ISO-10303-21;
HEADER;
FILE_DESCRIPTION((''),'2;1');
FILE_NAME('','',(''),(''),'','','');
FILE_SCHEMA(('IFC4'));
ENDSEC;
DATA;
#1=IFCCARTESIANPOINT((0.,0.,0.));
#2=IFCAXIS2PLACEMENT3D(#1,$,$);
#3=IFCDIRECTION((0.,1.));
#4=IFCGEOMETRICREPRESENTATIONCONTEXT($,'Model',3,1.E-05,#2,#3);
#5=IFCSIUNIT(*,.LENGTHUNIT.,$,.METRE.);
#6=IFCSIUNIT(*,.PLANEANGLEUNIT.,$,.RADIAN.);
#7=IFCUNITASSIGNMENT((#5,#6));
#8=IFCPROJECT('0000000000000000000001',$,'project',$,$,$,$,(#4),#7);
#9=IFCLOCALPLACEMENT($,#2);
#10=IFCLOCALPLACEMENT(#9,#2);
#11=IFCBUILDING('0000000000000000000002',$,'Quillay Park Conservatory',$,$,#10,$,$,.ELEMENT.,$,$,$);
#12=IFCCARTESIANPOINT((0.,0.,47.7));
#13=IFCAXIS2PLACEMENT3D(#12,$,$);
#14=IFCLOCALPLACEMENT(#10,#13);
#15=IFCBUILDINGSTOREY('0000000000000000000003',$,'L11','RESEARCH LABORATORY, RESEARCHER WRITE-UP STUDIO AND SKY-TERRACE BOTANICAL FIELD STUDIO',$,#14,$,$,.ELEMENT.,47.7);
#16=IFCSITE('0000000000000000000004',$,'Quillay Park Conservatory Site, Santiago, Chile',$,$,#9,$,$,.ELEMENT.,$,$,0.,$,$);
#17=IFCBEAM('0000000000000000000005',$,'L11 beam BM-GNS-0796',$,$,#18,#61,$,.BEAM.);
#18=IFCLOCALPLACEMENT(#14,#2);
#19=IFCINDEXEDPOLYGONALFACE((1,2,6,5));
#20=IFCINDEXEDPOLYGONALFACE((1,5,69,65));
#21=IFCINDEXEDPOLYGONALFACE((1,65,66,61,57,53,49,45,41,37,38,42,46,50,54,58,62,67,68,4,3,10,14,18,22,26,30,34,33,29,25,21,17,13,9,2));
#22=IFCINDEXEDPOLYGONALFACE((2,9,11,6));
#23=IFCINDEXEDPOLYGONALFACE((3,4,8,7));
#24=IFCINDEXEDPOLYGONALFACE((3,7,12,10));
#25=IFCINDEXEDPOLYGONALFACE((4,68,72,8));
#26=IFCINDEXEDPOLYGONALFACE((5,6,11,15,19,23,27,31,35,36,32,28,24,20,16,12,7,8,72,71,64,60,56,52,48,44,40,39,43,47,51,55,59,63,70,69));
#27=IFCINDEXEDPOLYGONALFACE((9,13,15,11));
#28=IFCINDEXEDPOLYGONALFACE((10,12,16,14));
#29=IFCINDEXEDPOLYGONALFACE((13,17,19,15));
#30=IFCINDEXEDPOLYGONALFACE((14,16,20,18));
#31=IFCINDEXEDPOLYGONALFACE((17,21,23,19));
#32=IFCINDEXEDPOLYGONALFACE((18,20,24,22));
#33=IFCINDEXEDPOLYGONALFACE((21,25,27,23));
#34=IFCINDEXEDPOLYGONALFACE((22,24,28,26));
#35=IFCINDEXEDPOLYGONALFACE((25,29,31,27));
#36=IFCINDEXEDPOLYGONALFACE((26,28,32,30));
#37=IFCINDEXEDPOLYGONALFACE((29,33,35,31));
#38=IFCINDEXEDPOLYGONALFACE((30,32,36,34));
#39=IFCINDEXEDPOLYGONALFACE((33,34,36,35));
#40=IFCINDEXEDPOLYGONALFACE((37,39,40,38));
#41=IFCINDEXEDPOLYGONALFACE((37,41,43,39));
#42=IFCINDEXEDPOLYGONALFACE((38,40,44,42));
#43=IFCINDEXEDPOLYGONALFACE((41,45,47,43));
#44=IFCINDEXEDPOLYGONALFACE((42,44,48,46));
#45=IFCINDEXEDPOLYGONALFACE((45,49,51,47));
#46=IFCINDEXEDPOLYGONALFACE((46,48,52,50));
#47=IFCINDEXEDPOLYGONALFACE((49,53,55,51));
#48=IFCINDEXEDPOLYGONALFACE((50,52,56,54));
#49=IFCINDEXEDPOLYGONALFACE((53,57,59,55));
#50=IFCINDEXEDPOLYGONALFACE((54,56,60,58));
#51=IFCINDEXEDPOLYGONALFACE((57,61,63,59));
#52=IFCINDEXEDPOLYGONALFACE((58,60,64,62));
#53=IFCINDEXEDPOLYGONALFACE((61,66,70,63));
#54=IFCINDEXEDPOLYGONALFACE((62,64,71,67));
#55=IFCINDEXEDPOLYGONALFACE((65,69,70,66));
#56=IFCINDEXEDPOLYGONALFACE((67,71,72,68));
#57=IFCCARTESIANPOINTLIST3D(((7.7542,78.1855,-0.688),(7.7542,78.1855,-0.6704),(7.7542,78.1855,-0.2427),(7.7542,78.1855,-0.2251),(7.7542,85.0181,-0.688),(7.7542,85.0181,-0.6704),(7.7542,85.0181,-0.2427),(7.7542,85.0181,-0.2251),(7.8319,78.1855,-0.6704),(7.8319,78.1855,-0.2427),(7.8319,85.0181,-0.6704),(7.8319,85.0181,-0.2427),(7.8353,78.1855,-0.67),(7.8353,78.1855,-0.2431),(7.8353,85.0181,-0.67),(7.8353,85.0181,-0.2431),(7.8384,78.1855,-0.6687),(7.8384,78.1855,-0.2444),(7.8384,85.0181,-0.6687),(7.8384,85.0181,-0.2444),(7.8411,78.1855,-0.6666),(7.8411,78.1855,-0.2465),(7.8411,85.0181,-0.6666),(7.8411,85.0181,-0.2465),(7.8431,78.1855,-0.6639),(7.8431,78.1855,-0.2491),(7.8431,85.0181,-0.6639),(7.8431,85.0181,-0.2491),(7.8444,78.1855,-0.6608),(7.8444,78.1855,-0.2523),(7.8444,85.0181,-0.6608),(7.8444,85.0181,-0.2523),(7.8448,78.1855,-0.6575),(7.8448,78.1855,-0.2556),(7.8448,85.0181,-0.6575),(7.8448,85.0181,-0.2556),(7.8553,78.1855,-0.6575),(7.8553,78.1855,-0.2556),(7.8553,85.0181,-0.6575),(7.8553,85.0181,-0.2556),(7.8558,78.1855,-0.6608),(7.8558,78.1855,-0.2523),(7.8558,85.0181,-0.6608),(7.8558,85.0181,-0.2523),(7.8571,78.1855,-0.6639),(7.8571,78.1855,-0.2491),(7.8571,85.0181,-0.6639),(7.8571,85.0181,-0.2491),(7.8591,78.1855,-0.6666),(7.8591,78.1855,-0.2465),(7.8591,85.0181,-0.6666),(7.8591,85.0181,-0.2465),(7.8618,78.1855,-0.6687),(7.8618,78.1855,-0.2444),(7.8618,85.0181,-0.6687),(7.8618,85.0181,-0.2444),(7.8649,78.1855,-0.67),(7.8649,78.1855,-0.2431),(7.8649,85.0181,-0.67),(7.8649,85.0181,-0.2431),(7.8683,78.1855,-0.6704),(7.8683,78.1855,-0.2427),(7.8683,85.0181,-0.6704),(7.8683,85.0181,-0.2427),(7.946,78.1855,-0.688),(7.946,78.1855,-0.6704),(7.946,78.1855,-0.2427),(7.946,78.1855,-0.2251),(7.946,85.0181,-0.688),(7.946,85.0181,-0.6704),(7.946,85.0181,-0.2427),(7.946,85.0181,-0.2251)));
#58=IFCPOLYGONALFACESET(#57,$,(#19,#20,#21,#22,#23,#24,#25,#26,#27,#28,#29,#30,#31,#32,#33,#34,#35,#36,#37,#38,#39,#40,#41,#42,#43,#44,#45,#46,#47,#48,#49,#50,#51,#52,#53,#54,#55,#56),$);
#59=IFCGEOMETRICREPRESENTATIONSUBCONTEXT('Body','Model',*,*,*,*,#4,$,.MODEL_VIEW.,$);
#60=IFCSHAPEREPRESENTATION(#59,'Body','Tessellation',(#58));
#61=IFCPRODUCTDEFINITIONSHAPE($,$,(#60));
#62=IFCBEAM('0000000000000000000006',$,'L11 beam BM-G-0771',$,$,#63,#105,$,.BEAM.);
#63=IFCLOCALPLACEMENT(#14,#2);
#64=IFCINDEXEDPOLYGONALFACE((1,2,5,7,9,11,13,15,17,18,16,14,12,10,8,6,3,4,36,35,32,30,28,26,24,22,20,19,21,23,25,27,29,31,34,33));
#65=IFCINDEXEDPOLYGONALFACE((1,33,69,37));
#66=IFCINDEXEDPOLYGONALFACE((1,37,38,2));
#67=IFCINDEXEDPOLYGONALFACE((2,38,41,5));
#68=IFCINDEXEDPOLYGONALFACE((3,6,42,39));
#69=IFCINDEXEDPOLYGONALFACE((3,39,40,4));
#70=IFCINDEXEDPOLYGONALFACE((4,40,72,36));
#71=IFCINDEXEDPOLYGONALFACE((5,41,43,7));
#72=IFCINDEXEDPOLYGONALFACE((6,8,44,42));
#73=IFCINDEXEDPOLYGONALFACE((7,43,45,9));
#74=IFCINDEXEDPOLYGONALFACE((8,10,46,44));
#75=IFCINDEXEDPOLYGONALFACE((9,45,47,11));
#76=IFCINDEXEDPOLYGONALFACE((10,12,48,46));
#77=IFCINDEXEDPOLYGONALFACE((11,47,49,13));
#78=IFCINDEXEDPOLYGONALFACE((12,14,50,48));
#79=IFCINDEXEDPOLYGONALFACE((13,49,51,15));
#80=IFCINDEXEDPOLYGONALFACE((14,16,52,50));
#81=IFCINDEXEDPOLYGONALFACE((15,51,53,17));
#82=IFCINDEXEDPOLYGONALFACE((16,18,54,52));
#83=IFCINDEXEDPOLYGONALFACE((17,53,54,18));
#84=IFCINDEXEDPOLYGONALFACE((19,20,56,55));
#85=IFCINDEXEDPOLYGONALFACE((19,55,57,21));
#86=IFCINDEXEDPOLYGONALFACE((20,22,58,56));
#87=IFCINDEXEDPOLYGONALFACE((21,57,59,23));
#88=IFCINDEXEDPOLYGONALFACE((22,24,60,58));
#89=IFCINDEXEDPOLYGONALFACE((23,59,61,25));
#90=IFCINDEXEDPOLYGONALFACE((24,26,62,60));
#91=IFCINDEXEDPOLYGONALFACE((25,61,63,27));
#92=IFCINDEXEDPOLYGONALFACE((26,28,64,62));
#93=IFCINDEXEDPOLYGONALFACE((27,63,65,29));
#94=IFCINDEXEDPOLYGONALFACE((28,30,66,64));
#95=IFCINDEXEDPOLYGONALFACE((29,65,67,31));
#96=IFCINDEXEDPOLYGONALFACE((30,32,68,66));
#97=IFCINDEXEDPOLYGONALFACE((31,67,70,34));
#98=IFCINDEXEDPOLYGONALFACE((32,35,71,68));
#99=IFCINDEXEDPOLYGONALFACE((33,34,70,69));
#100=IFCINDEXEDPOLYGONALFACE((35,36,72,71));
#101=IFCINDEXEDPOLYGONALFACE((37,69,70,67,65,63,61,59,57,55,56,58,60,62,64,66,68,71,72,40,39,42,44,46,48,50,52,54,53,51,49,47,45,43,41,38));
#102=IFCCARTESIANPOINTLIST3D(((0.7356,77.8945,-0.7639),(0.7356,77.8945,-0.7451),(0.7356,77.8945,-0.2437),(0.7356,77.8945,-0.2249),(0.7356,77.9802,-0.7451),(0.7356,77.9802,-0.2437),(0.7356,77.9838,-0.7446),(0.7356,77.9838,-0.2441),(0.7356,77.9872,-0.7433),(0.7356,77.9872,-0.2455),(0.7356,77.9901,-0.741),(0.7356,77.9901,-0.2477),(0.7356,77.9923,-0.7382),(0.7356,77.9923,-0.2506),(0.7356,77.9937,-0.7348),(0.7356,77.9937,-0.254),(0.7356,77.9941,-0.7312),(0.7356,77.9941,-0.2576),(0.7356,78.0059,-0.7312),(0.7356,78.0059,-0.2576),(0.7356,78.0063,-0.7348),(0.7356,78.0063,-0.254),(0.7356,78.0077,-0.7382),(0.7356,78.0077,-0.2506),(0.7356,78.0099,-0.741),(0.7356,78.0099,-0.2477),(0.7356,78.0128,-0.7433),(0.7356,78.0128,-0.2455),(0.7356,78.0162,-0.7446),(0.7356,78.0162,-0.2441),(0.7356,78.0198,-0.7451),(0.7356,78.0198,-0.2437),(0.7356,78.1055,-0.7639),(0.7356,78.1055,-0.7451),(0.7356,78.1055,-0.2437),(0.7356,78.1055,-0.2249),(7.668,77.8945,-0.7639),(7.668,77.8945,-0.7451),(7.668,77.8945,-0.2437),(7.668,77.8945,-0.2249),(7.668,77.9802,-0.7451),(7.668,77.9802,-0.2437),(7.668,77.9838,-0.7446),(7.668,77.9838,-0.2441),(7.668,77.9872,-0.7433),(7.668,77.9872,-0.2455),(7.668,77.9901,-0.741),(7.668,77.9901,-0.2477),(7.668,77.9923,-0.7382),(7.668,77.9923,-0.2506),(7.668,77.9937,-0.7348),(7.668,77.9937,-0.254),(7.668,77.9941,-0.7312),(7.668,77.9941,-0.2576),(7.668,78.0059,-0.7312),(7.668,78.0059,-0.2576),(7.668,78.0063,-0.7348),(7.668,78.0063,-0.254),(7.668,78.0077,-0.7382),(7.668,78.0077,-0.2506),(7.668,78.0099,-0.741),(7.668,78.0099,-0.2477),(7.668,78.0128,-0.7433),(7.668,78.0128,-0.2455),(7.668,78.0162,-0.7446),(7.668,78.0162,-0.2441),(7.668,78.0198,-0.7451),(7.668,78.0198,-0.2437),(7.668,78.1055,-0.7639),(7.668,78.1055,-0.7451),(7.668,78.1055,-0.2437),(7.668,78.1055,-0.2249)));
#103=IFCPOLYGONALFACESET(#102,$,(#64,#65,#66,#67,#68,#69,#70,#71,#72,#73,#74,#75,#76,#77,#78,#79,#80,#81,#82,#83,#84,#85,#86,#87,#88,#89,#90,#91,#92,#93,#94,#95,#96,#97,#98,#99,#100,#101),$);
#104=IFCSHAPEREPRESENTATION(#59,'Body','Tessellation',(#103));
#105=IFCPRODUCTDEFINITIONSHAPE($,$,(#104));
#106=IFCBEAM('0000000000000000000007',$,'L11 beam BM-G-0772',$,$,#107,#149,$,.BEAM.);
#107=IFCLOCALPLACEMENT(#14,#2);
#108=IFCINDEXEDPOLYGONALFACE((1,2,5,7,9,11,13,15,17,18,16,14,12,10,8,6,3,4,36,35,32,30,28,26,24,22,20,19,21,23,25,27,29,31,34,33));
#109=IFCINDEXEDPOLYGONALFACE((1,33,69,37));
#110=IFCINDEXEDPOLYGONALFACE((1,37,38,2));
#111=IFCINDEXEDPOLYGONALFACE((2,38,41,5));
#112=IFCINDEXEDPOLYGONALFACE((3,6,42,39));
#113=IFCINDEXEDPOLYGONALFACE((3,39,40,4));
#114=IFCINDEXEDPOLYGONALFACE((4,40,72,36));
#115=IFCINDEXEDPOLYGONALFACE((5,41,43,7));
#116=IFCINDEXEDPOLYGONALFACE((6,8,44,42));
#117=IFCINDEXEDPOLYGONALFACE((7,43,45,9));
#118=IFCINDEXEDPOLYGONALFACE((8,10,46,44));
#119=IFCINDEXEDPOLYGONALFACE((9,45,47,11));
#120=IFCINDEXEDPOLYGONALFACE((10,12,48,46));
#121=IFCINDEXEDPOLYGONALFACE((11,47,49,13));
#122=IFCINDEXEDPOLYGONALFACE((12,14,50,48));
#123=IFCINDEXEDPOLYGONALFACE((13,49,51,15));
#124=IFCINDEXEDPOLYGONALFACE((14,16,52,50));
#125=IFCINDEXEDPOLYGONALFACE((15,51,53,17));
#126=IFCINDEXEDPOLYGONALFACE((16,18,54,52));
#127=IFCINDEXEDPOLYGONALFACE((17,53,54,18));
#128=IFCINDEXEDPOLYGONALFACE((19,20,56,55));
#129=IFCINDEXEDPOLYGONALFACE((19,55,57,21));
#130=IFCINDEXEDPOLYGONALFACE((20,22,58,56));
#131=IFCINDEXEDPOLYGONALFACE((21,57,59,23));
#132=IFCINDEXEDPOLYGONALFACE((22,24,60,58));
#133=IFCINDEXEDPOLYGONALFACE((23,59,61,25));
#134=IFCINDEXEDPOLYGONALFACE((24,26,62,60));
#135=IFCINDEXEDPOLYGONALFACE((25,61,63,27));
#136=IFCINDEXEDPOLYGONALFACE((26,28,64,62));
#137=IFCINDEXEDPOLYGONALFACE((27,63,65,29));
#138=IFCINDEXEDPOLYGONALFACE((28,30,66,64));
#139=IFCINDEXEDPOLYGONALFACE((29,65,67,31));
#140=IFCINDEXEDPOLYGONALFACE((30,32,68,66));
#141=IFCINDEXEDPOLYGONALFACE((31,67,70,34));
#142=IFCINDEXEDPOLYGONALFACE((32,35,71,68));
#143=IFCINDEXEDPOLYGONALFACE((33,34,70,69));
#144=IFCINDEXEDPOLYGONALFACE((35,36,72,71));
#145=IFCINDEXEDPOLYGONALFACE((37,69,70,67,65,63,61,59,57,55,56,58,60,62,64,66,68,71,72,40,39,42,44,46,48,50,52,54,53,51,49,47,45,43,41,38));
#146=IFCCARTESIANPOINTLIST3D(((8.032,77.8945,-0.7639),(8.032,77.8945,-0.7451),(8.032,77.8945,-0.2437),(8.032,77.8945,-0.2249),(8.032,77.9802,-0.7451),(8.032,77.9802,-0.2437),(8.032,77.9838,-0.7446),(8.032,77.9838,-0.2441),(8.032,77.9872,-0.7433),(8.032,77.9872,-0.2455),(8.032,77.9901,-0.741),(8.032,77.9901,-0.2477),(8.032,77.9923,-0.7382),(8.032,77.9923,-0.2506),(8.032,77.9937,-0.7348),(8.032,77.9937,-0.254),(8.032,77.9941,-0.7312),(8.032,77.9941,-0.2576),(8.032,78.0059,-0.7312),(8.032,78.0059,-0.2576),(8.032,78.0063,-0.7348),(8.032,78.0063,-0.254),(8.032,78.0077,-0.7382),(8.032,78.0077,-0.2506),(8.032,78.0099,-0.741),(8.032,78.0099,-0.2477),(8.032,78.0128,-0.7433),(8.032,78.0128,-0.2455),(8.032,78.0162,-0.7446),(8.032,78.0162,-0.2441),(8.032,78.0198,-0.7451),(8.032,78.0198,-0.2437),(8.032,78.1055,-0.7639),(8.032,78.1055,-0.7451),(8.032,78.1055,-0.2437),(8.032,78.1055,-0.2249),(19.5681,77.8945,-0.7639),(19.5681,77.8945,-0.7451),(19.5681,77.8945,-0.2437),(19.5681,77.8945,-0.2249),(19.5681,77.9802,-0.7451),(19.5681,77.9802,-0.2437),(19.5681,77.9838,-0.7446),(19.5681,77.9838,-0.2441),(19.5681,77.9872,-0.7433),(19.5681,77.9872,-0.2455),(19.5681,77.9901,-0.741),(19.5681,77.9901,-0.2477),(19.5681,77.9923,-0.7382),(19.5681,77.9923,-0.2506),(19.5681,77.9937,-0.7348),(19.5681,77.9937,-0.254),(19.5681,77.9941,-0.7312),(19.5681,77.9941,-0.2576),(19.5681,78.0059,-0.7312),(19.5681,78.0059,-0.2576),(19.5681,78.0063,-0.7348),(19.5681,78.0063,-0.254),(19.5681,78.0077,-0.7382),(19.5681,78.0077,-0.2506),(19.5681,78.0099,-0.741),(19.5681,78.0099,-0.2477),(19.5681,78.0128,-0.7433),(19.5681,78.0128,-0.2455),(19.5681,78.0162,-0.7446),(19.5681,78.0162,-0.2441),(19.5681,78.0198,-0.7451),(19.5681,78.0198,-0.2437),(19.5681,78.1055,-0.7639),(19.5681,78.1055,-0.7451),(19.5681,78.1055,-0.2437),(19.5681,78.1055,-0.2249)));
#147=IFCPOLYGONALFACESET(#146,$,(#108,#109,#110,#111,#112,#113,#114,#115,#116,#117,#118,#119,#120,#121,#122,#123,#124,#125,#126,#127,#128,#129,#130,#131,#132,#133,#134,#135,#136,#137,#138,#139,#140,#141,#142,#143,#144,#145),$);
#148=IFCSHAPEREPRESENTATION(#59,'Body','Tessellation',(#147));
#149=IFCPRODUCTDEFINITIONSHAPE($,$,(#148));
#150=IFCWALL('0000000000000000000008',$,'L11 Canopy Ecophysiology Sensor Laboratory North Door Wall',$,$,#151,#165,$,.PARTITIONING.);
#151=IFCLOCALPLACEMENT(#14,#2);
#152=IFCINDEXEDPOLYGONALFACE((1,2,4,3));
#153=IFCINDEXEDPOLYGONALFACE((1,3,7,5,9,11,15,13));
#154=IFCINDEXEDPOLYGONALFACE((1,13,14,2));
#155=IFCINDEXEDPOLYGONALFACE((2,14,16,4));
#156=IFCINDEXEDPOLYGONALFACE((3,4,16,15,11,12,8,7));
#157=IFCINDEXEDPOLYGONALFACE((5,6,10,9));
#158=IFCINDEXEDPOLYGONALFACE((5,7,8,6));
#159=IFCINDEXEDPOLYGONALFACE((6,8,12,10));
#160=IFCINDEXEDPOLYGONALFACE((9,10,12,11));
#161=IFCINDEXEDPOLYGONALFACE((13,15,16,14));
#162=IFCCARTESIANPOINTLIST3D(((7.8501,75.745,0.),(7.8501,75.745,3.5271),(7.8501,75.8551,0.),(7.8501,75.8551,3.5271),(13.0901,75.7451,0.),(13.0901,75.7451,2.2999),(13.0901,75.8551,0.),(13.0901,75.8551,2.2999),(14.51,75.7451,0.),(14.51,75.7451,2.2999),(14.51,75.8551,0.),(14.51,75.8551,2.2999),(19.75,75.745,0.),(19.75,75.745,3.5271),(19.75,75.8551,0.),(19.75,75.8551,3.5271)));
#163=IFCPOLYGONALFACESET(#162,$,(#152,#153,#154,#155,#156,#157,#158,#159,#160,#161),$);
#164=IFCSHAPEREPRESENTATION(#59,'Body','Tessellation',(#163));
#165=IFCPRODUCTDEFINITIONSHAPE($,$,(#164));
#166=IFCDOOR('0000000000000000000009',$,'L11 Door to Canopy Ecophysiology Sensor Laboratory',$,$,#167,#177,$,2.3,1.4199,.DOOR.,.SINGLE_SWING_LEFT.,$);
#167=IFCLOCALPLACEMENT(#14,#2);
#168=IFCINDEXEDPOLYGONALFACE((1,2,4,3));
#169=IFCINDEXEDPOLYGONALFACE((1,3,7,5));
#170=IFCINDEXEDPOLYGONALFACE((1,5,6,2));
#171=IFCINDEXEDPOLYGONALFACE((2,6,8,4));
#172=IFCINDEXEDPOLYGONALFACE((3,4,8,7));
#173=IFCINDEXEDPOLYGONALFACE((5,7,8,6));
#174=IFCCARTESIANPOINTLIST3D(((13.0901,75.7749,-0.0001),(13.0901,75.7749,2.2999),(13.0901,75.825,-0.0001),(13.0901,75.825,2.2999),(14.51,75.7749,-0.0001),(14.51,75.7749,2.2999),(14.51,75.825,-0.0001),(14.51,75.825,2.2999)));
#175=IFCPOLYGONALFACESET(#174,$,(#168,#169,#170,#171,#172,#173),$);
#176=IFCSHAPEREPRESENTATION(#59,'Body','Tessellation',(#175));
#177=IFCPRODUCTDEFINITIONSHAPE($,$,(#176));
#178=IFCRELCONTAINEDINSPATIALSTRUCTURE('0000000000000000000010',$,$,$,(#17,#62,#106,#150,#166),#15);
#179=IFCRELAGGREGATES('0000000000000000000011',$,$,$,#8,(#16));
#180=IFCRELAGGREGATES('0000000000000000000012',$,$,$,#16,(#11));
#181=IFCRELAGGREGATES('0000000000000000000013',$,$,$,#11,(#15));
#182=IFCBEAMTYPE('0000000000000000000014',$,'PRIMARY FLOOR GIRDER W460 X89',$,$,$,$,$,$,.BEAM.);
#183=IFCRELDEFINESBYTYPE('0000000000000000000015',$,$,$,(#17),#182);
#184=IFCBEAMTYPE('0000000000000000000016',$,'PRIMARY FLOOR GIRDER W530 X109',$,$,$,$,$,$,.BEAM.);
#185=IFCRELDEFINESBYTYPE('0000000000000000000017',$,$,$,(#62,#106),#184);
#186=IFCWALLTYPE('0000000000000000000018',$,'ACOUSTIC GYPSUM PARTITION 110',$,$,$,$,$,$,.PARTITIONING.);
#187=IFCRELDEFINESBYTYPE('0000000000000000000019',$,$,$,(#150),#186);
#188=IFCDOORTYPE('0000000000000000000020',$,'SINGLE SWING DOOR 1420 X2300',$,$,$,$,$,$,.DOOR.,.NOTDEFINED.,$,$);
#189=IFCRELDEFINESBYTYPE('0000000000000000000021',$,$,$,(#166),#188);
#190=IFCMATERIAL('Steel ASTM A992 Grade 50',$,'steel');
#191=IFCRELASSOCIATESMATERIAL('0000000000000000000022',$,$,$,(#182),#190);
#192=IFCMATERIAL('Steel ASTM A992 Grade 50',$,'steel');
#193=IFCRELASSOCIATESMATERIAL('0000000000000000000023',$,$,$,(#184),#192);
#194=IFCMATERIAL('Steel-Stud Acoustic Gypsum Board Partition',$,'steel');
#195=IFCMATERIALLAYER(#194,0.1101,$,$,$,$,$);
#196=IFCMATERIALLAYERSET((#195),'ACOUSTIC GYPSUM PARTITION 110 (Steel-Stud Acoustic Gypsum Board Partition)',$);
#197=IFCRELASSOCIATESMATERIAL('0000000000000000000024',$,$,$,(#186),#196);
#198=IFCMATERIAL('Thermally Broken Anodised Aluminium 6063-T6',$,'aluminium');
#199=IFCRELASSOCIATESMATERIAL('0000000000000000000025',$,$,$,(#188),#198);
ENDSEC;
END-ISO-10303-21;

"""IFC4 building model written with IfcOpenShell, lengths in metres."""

from ifc_helpers import new_model, si_unit, direction, frame, frame_2d, origin, origin_2d, place, context, subcontext, project, spatial, rectangle, i_section, extrude, material, layer, layer_set, material_profile, profile_set, type_object, element, fill, save


model = new_model("IFC4")

# Units and contexts
model_context = context("Model", 3, precision=1e-05, world=origin(), true_north=direction((0.0, 1.0)))
body_context = subcontext(model_context, "Body", "Model", "MODEL_VIEW")
ifc_project = project(units=[si_unit("LENGTHUNIT", "METRE"), si_unit("PLANEANGLEUNIT", "RADIAN")], contexts=[model_context])

# Site, building, storey
site_placement = place(None, origin())
site = spatial("IfcSite", under=ifc_project, at=site_placement, Name="Quillay Park Conservatory Site, Santiago, Chile", CompositionType="ELEMENT", RefElevation=0.0)
building_placement = place(site_placement, origin())
building = spatial("IfcBuilding", under=site, at=building_placement, Name="Quillay Park Conservatory", CompositionType="ELEMENT")
storey_placement = place(building_placement, frame((0.0, 0.0, 47.7)))
storey = spatial("IfcBuildingStorey", under=building, at=storey_placement, Name="L11", Description="RESEARCH LABORATORY, RESEARCHER WRITE-UP STUDIO AND SKY-TERRACE BOTANICAL FIELD STUDIO", CompositionType="ELEMENT", Elevation=47.7)

# Beams
ifc_material_1 = material(Name="Steel ASTM A992 Grade 50", Category="steel")
ifc_material_profile_1 = material_profile(ifc_material_1, i_section(OverallWidth=0.1919, OverallDepth=0.4629, WebThickness=0.0105, FlangeThickness=0.0176, FilletRadius=0.0129, at=origin_2d()), Name="W460x89")
ifc_profile_set_1 = profile_set([ifc_material_profile_1], Name="Steel ASTM A992 Grade 50")
beam_type_1 = type_object("IfcBeamType", Name="PRIMARY FLOOR GIRDER W460 X89", PredefinedType="BEAM", material=ifc_profile_set_1)
beam_1_placement = place(storey_placement, frame((7.8501, 78.1855, -0.4565), z_axis=(0.0, 1.0, 0.0), x_axis=(-1.0, 0.0, 0.0)))
element("IfcBeam", 1, at=beam_1_placement, inside=storey, type_object=beam_type_1, Name="L11 beam BM-GNS-0796", PredefinedType="BEAM", context=body_context, shape_type="SweptSolid", body=[
    extrude(i_section(OverallWidth=0.1919, OverallDepth=0.4629, WebThickness=0.0105, FlangeThickness=0.0176, FilletRadius=0.0129, at=origin_2d()), origin(), (0.0, 0.0, 1.0), 6.8325),
])
ifc_material_2 = material(Name="Steel ASTM A992 Grade 50", Category="steel")
ifc_material_profile_2 = material_profile(ifc_material_2, i_section(OverallWidth=0.2109, OverallDepth=0.5391, WebThickness=0.0117, FlangeThickness=0.0188, FilletRadius=0.0139, at=origin_2d()), Name="W530x109")
ifc_profile_set_2 = profile_set([ifc_material_profile_2], Name="Steel ASTM A992 Grade 50")
beam_type_2 = type_object("IfcBeamType", Name="PRIMARY FLOOR GIRDER W530 X109", PredefinedType="BEAM", material=ifc_profile_set_2)
beam_2_placement = place(storey_placement, frame((0.7356, 78.0, -0.4944), z_axis=(1.0, 0.0, 0.0), x_axis=(0.0, 1.0, 0.0)))
element("IfcBeam", 2, at=beam_2_placement, inside=storey, type_object=beam_type_2, Name="L11 beam BM-G-0771", PredefinedType="BEAM", context=body_context, shape_type="SweptSolid", body=[
    extrude(i_section(OverallWidth=0.2109, OverallDepth=0.5391, WebThickness=0.0117, FlangeThickness=0.0188, FilletRadius=0.0139, at=origin_2d()), origin(), (0.0, 0.0, 1.0), 6.9324),
])
beam_3_placement = place(storey_placement, frame((8.032, 78.0, -0.4944), z_axis=(1.0, 0.0, 0.0), x_axis=(0.0, 1.0, 0.0)))
element("IfcBeam", 3, at=beam_3_placement, inside=storey, type_object=beam_type_2, Name="L11 beam BM-G-0772", PredefinedType="BEAM", context=body_context, shape_type="SweptSolid", body=[
    extrude(i_section(OverallWidth=0.2109, OverallDepth=0.5391, WebThickness=0.0117, FlangeThickness=0.0188, FilletRadius=0.0139, at=origin_2d()), origin(), (0.0, 0.0, 1.0), 11.5361),
])

# Wall, opening, door
ifc_material_3 = material(Name="Steel-Stud Acoustic Gypsum Board Partition", Category="steel")
ifc_layer_1 = layer(ifc_material_3, 0.1101)
ifc_layer_set_1 = layer_set([ifc_layer_1], Name="ACOUSTIC GYPSUM PARTITION 110 (Steel-Stud Acoustic Gypsum Board Partition)")
wall_type_1 = type_object("IfcWallType", Name="ACOUSTIC GYPSUM PARTITION 110", PredefinedType="PARTITIONING", material=ifc_layer_set_1)
wall_1_placement = place(storey_placement, frame((7.8501, 75.8, 0.0), z_axis=(0.0, 0.0, 1.0), x_axis=(1.0, 0.0, 0.0)))
wall_1 = element("IfcWall", 4, at=wall_1_placement, inside=storey, type_object=wall_type_1, Name="L11 Canopy Ecophysiology Sensor Laboratory North Door Wall", PredefinedType="PARTITIONING", context=body_context, shape_type="SweptSolid", body=[
    extrude(rectangle(XDim=11.8999, YDim=0.1101, at=frame_2d((5.95, 0.0))), origin(), (0.0, 0.0, 1.0), 3.5271),
])
opening_1_placement = place(wall_1_placement, frame((5.24, 0.0, 0.0)))
opening_1 = element("IfcOpeningElement", 5, at=opening_1_placement, cuts=wall_1, PredefinedType="OPENING", context=body_context, shape_type="SweptSolid", body=[
    extrude(rectangle(XDim=1.4199, YDim=2.3, at=frame_2d((0.71, 1.1499))), frame((0.0, 0.0552, 0.0), z_axis=(0.0, -1.0, 0.0), x_axis=(1.0, 0.0, 0.0)), (0.0, 0.0, 1.0), 0.1101),
])
ifc_material_4 = material(Name="Thermally Broken Anodised Aluminium 6063-T6", Category="aluminium")
door_type_1 = type_object("IfcDoorType", Name="SINGLE SWING DOOR 1420 X2300", OperationType="NOTDEFINED", PredefinedType="DOOR", material=ifc_material_4)
door_1_placement = place(opening_1_placement, origin())
door_1 = element("IfcDoor", 6, at=door_1_placement, inside=storey, type_object=door_type_1, Name="L11 Door to Canopy Ecophysiology Sensor Laboratory", OperationType="SINGLE_SWING_LEFT", OverallHeight=2.3, OverallWidth=1.4199, PredefinedType="DOOR", context=body_context, shape_type="SweptSolid", body=[
    extrude(rectangle(XDim=1.4199, YDim=2.3, at=frame_2d((0.71, 1.1499))), frame((0.0, 0.0249, 0.0), z_axis=(0.0, -1.0, 0.0), x_axis=(1.0, 0.0, 0.0)), (0.0, 0.0, 1.0), 0.05),
])
fill(opening_1, door_1)

save(model, "model.ifc")
